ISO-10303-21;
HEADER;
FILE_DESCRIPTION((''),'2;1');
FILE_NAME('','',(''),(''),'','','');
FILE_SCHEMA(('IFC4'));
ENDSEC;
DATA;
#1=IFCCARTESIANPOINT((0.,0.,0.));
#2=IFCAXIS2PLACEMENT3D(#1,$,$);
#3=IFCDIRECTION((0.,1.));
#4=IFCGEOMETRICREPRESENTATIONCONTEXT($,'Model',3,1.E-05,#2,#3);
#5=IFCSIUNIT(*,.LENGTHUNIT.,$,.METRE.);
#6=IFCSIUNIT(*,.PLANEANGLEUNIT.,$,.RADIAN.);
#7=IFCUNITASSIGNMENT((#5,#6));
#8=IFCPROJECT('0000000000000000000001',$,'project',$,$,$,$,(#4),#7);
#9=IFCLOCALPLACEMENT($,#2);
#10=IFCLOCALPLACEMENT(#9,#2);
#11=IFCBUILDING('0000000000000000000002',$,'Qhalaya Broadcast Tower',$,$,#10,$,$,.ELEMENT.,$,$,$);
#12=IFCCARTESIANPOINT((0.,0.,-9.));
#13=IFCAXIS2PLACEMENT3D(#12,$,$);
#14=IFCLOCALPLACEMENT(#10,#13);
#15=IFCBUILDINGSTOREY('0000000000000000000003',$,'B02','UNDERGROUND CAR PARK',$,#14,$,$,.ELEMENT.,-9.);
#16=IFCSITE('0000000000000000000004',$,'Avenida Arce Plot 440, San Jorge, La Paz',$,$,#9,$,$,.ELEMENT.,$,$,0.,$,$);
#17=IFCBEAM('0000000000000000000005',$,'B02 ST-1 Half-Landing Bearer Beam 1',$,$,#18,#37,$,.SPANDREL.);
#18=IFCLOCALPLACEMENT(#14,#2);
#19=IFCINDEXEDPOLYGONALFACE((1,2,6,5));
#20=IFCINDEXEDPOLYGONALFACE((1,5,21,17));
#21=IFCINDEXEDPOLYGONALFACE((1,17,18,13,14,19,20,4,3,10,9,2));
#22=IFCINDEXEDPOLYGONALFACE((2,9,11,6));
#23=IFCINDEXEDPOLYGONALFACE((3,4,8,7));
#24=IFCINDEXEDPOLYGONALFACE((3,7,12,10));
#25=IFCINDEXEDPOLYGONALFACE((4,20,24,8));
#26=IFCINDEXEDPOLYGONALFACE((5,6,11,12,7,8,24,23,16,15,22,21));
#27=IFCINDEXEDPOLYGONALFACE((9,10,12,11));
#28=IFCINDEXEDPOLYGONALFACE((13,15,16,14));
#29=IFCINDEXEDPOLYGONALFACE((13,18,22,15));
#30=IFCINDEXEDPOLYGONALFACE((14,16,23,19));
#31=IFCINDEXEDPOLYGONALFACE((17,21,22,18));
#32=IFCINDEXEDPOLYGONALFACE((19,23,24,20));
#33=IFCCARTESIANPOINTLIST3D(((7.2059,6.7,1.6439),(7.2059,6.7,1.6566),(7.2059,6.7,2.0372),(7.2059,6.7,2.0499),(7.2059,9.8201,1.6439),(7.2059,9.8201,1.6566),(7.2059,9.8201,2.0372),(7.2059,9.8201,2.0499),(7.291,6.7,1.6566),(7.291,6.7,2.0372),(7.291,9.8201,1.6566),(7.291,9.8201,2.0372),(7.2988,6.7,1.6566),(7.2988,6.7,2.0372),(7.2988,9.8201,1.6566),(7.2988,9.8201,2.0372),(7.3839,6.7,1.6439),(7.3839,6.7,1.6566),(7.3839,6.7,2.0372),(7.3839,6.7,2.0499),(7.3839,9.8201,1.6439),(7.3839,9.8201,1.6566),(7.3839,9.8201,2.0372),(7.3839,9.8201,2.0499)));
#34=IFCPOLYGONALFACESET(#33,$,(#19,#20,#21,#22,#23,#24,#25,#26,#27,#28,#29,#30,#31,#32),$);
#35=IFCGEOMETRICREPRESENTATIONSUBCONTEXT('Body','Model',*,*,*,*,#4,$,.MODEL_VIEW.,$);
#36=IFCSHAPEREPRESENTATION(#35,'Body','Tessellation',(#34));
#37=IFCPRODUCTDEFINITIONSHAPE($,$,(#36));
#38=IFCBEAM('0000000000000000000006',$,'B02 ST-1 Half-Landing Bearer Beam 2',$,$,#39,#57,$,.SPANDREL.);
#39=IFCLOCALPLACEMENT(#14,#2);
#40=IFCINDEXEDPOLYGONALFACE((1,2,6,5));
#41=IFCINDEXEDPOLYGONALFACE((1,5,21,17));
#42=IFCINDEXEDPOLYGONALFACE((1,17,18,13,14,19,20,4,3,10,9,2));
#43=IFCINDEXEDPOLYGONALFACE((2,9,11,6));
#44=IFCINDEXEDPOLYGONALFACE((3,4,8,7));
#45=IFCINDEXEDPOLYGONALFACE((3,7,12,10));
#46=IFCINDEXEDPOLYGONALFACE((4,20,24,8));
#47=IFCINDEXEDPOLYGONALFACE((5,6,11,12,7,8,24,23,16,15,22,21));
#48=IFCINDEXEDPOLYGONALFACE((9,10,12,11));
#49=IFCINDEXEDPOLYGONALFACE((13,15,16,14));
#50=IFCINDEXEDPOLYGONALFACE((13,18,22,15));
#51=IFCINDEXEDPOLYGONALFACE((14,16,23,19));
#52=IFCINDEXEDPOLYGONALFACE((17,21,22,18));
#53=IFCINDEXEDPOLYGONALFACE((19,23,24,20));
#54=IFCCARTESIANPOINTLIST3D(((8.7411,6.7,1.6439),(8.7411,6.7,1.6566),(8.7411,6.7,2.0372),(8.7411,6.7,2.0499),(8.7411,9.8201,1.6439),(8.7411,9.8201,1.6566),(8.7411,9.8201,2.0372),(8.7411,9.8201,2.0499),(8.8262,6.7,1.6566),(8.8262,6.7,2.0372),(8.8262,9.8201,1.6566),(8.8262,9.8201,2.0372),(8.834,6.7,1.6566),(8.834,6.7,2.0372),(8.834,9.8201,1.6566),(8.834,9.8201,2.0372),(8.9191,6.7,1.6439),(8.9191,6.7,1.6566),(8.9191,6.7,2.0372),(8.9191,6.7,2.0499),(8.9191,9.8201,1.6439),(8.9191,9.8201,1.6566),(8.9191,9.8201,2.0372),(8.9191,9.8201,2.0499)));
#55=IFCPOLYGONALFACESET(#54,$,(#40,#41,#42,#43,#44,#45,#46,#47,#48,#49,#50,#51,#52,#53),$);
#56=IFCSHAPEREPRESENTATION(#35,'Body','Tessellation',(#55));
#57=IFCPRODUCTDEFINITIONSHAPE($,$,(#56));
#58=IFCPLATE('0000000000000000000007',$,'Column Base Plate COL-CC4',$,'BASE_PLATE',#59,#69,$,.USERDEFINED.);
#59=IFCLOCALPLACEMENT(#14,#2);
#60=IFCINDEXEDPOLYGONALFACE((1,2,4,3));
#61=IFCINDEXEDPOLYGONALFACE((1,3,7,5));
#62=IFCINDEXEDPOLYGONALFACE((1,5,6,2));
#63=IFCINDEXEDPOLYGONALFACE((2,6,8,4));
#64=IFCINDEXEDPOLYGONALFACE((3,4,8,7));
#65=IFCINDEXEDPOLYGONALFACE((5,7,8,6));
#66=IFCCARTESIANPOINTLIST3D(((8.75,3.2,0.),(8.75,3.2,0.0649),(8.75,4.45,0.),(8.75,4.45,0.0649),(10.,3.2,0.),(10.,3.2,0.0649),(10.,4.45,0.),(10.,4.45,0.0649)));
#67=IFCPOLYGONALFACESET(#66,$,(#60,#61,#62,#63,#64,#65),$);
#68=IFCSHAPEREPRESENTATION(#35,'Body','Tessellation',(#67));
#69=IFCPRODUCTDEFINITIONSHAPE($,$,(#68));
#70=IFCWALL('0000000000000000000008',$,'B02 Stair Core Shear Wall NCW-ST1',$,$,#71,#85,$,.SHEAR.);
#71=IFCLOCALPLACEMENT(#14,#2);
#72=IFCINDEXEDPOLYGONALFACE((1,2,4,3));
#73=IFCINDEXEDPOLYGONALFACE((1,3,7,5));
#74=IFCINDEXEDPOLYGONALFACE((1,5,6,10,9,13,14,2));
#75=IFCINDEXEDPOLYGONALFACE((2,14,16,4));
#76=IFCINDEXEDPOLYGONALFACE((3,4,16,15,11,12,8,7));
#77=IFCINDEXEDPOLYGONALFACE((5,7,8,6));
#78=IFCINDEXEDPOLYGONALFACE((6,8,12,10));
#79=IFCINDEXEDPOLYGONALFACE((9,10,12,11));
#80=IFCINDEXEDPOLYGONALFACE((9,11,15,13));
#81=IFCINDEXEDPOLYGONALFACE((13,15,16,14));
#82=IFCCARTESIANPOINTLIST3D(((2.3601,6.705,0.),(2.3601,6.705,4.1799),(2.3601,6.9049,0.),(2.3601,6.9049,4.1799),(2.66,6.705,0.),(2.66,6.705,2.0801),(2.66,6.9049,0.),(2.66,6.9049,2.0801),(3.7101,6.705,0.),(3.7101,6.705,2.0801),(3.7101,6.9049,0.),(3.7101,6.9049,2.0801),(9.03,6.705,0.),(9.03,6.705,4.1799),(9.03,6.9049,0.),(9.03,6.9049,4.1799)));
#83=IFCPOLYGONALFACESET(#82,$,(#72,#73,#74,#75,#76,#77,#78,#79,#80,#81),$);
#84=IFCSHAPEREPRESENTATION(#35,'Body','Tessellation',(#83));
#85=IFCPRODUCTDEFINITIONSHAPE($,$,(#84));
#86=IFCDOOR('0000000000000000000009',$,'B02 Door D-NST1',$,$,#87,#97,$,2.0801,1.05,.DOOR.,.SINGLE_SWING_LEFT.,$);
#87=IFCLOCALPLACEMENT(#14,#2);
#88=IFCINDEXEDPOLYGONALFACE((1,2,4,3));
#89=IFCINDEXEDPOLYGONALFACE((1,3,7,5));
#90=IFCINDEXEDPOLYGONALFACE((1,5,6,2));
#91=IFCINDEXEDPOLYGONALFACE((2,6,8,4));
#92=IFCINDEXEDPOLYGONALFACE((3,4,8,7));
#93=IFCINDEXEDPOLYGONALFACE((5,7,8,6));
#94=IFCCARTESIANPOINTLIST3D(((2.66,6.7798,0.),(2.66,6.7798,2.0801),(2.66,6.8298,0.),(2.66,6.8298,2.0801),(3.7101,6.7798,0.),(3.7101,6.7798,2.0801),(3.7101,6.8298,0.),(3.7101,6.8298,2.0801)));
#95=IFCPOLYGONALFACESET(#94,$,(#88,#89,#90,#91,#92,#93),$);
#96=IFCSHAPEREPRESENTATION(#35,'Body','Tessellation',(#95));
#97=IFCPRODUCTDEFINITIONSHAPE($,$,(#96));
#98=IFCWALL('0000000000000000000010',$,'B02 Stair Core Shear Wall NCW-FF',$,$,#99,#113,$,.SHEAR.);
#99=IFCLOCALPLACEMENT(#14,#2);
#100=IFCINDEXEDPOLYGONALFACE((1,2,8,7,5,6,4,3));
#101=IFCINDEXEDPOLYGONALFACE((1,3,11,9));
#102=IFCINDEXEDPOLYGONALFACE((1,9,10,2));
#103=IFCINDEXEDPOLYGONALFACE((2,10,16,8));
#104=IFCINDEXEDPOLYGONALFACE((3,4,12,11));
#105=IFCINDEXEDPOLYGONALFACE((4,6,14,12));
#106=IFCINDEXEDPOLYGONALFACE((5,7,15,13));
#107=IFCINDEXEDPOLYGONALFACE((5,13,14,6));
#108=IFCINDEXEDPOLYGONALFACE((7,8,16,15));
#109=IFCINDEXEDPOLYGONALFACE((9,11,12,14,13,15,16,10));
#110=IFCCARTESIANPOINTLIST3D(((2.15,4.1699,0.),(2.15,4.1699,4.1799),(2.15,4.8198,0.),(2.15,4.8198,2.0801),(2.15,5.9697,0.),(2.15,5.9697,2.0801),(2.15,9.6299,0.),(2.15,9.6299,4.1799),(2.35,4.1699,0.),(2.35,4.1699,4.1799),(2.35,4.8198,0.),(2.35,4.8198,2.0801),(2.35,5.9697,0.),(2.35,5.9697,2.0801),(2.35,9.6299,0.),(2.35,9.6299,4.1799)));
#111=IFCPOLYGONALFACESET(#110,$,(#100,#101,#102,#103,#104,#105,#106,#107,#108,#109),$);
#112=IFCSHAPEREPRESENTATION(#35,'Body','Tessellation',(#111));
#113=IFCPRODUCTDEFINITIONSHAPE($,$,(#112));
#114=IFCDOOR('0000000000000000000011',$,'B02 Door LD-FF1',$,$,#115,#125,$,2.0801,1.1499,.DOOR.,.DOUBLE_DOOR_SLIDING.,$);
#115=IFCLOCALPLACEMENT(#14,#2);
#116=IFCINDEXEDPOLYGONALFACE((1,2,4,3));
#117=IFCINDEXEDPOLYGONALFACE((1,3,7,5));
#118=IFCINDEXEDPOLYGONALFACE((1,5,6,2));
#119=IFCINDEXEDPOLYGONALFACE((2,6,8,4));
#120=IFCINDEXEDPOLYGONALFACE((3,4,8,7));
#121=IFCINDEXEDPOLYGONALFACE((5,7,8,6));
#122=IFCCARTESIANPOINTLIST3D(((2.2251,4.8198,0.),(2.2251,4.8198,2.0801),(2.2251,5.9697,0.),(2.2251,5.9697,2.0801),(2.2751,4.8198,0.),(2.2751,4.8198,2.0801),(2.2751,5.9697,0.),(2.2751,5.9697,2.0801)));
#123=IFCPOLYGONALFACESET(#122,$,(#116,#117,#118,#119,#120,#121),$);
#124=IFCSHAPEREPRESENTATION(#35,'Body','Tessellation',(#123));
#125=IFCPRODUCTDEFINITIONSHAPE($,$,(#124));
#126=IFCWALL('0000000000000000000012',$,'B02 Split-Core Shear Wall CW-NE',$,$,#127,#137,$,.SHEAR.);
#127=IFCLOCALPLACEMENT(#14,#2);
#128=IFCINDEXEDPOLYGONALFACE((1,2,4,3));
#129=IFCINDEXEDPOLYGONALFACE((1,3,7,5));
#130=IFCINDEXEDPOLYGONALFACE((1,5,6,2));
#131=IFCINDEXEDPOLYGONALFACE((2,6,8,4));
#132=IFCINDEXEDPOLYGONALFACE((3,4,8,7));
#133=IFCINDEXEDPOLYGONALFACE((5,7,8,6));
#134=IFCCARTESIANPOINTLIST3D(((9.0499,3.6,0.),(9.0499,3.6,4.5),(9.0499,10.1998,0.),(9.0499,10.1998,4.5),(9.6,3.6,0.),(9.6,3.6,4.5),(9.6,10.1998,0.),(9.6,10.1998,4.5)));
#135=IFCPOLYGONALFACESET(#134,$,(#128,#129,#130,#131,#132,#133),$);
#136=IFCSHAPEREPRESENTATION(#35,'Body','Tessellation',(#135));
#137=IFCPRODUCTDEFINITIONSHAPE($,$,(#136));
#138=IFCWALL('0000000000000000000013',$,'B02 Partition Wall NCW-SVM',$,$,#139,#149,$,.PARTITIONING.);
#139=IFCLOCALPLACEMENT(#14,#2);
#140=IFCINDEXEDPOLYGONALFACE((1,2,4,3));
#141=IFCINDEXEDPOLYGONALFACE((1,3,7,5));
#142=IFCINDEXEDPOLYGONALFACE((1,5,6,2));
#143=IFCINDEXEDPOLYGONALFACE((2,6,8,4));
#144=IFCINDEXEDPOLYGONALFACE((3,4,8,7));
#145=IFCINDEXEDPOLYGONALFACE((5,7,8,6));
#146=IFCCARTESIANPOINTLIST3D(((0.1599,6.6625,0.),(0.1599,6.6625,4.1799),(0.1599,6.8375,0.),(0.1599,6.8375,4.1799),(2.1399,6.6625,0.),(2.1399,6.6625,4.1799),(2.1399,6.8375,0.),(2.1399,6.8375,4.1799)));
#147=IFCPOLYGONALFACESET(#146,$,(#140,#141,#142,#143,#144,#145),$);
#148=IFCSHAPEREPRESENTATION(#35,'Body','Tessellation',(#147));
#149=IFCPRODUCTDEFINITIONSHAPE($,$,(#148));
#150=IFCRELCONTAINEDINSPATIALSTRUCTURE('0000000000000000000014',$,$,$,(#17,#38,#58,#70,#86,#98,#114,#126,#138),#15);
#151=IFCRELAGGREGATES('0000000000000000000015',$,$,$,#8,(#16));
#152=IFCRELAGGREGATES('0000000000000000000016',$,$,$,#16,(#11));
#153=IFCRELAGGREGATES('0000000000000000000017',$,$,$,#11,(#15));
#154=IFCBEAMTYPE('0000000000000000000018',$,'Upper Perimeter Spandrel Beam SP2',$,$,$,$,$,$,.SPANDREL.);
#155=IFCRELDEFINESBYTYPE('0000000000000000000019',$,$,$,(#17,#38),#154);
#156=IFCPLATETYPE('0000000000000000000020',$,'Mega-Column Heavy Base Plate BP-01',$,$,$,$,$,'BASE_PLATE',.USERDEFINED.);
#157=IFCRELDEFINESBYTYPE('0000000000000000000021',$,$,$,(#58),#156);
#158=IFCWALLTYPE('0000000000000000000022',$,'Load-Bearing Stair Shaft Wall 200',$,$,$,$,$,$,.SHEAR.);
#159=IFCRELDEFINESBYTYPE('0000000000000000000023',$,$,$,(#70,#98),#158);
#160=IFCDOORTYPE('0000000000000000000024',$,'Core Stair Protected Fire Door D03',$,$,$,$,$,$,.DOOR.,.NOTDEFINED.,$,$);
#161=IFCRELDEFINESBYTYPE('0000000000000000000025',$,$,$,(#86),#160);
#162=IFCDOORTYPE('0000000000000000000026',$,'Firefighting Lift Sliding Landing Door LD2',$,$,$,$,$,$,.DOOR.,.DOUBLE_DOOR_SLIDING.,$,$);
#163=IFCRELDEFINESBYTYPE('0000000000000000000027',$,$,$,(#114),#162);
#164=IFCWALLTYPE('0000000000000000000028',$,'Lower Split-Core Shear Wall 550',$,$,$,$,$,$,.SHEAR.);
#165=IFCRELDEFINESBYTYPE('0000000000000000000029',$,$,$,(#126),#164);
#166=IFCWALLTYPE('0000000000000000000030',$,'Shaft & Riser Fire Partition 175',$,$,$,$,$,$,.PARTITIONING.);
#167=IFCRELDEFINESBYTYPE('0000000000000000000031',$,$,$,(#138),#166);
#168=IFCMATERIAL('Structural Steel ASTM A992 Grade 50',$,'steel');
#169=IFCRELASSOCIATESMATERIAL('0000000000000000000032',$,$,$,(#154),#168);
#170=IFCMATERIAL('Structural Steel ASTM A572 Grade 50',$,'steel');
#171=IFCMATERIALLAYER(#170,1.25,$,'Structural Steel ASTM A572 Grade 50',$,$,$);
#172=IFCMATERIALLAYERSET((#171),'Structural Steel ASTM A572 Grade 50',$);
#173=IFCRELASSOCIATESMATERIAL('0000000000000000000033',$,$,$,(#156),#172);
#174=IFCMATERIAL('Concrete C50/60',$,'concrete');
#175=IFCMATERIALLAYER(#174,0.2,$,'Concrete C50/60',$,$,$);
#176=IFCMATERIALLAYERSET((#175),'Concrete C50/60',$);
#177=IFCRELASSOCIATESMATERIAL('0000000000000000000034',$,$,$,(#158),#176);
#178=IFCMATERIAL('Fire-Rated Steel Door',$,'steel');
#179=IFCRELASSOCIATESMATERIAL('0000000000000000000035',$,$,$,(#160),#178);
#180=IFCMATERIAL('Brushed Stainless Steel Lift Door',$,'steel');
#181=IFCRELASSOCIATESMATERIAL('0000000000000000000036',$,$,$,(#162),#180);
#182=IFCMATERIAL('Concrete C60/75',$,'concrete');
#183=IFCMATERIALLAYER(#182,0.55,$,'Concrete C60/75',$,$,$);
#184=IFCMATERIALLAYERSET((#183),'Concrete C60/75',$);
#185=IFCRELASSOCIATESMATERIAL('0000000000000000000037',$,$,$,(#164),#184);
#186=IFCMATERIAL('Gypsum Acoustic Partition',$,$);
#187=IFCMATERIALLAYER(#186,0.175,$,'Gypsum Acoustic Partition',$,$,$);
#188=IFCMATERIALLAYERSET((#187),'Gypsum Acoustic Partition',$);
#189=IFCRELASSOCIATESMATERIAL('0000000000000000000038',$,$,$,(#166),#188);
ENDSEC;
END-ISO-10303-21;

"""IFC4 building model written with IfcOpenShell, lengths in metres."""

from ifc_helpers import new_model, si_unit, direction, frame, frame_2d, origin, origin_2d, place, context, subcontext, project, spatial, rectangle, i_section, extrude, material, layer, layer_set, material_profile, profile_set, type_object, element, fill, save


model = new_model("IFC4")

# Units and contexts
model_context = context("Model", 3, precision=1e-05, world=origin(), true_north=direction((0.0, 1.0)))
body_context = subcontext(model_context, "Body", "Model", "MODEL_VIEW")
ifc_project = project(units=[si_unit("LENGTHUNIT", "METRE"), si_unit("PLANEANGLEUNIT", "RADIAN")], contexts=[model_context])

# Site, building, storey
site_placement = place(None, origin())
site = spatial("IfcSite", under=ifc_project, at=site_placement, Name="Avenida Arce Plot 440, San Jorge, La Paz", CompositionType="ELEMENT", RefElevation=0.0)
building_placement = place(site_placement, origin())
building = spatial("IfcBuilding", under=site, at=building_placement, Name="Qhalaya Broadcast Tower", CompositionType="ELEMENT")
storey_placement = place(building_placement, frame((0.0, 0.0, -9.0)))
storey = spatial("IfcBuildingStorey", under=building, at=storey_placement, Name="B02", Description="UNDERGROUND CAR PARK", CompositionType="ELEMENT", Elevation=-9.0)

# Shared definitions
ifc_material_1 = material(Name="Concrete C50/60", Category="concrete")

# Shared definitions
ifc_material_2 = material(Name="Concrete C60/75", Category="concrete")

# Beams
ifc_material_3 = material(Name="Structural Steel ASTM A992 Grade 50", Category="steel")
ifc_material_profile_1 = material_profile(ifc_material_3, i_section(OverallWidth=0.178, OverallDepth=0.406, WebThickness=0.0078, FlangeThickness=0.0127, at=origin_2d()), Name="W16X40")
ifc_profile_set_1 = profile_set([ifc_material_profile_1], Name="Structural Steel ASTM A992 Grade 50")
beam_type = type_object("IfcBeamType", Name="Upper Perimeter Spandrel Beam SP2", PredefinedType="SPANDREL", material=ifc_profile_set_1)
for number, where, z_axis, x_axis, name in (
    (1, (7.2949, 6.7, 1.8469), (0.0, 1.0, 0.0), (-1.0, 0.0, 0.0), "B02 ST-1 Half-Landing Bearer Beam 1"),
    (2, (8.8301, 6.7, 1.8469), (0.0, 1.0, 0.0), (-1.0, 0.0, 0.0), "B02 ST-1 Half-Landing Bearer Beam 2"),
):
    element("IfcBeam", number, at=place(storey_placement, frame(where, z_axis=z_axis, x_axis=x_axis)), inside=storey, type_object=beam_type, Name=name, PredefinedType="SPANDREL", context=body_context, shape_type="SweptSolid", body=[
        extrude(i_section(OverallWidth=0.178, OverallDepth=0.406, WebThickness=0.0078, FlangeThickness=0.0127, at=origin_2d()), origin(), (0.0, 0.0, 1.0), 3.1201),
    ])

# Plate
ifc_material_4 = material(Name="Structural Steel ASTM A572 Grade 50", Category="steel")
ifc_layer_1 = layer(ifc_material_4, 1.25, Name="Structural Steel ASTM A572 Grade 50")
ifc_layer_set_1 = layer_set([ifc_layer_1], Name="Structural Steel ASTM A572 Grade 50")
plate_type = type_object("IfcPlateType", Name="Mega-Column Heavy Base Plate BP-01", ElementType="BASE_PLATE", PredefinedType="USERDEFINED", material=ifc_layer_set_1)
plate_placement = place(storey_placement, frame((9.375, 3.825, 0.0), z_axis=(0.0, 0.0, 1.0), x_axis=(1.0, 0.0, 0.0)))
element("IfcPlate", 3, at=plate_placement, inside=storey, type_object=plate_type, Name="Column Base Plate COL-CC4", ObjectType="BASE_PLATE", PredefinedType="USERDEFINED", context=body_context, shape_type="SweptSolid", body=[
    extrude(rectangle(XDim=1.25, YDim=1.25, at=origin_2d()), origin(), (0.0, 0.0, 1.0), 0.0649),
])

# Walls, openings, doors
ifc_layer_2 = layer(ifc_material_1, 0.2, Name="Concrete C50/60")
ifc_layer_set_2 = layer_set([ifc_layer_2], Name="Concrete C50/60")
wall_type_1 = type_object("IfcWallType", Name="Load-Bearing Stair Shaft Wall 200", PredefinedType="SHEAR", material=ifc_layer_set_2)
wall_1_placement = place(storey_placement, frame((2.3601, 6.8049, 0.0), z_axis=(0.0, 0.0, 1.0), x_axis=(1.0, 0.0, 0.0)))
wall_1 = element("IfcWall", 4, at=wall_1_placement, inside=storey, type_object=wall_type_1, Name="B02 Stair Core Shear Wall NCW-ST1", PredefinedType="SHEAR", context=body_context, shape_type="SweptSolid", body=[
    extrude(rectangle(XDim=6.6699, YDim=0.2, at=frame_2d((3.335, 0.0))), origin(), (0.0, 0.0, 1.0), 4.1799),
])
opening_1_placement = place(wall_1_placement, frame((0.3, 0.0, 0.0)))
opening_1 = element("IfcOpeningElement", 5, at=opening_1_placement, cuts=wall_1, PredefinedType="OPENING", context=body_context, shape_type="SweptSolid", body=[
    extrude(rectangle(XDim=1.05, YDim=2.0801, at=frame_2d((0.5249, 1.04))), frame((0.0, 0.1121, 0.0), z_axis=(0.0, -1.0, 0.0), x_axis=(1.0, 0.0, 0.0)), (0.0, 0.0, 1.0), 0.2239),
])
ifc_material_5 = material(Name="Fire-Rated Steel Door", Category="steel")
door_type_1 = type_object("IfcDoorType", Name="Core Stair Protected Fire Door D03", OperationType="NOTDEFINED", PredefinedType="DOOR", material=ifc_material_5)
door_1_placement = place(opening_1_placement, origin())
door_1 = element("IfcDoor", 6, at=door_1_placement, inside=storey, type_object=door_type_1, Name="B02 Door D-NST1", OperationType="SINGLE_SWING_LEFT", OverallHeight=2.0801, OverallWidth=1.05, PredefinedType="DOOR", context=body_context, shape_type="SweptSolid", body=[
    extrude(rectangle(XDim=1.05, YDim=2.0801, at=frame_2d((0.5249, 1.04))), frame((0.0, 0.0249, 0.0), z_axis=(0.0, -1.0, 0.0), x_axis=(1.0, 0.0, 0.0)), (0.0, 0.0, 1.0), 0.05),
])
fill(opening_1, door_1)
wall_2_placement = place(storey_placement, frame((2.25, 4.1699, 0.0), z_axis=(0.0, 0.0, 1.0), x_axis=(0.0, 1.0, 0.0)))
wall_2 = element("IfcWall", 7, at=wall_2_placement, inside=storey, type_object=wall_type_1, Name="B02 Stair Core Shear Wall NCW-FF", PredefinedType="SHEAR", context=body_context, shape_type="SweptSolid", body=[
    extrude(rectangle(XDim=5.46, YDim=0.2, at=frame_2d((2.73, 0.0))), origin(), (0.0, 0.0, 1.0), 4.1799),
])
opening_2_placement = place(wall_2_placement, frame((0.6499, 0.0, 0.0)))
opening_2 = element("IfcOpeningElement", 8, at=opening_2_placement, cuts=wall_2, PredefinedType="OPENING", context=body_context, shape_type="SweptSolid", body=[
    extrude(rectangle(XDim=1.1499, YDim=2.0801, at=frame_2d((0.575, 1.04))), frame((0.0, 0.1121, 0.0), z_axis=(0.0, -1.0, 0.0), x_axis=(1.0, 0.0, 0.0)), (0.0, 0.0, 1.0), 0.2239),
])
ifc_material_6 = material(Name="Brushed Stainless Steel Lift Door", Category="steel")
door_type_2 = type_object("IfcDoorType", Name="Firefighting Lift Sliding Landing Door LD2", OperationType="DOUBLE_DOOR_SLIDING", PredefinedType="DOOR", material=ifc_material_6)
door_2_placement = place(opening_2_placement, origin())
door_2 = element("IfcDoor", 9, at=door_2_placement, inside=storey, type_object=door_type_2, Name="B02 Door LD-FF1", OperationType="DOUBLE_DOOR_SLIDING", OverallHeight=2.0801, OverallWidth=1.1499, PredefinedType="DOOR", context=body_context, shape_type="SweptSolid", body=[
    extrude(rectangle(XDim=1.1499, YDim=2.0801, at=frame_2d((0.575, 1.04))), frame((0.0, 0.0249, 0.0), z_axis=(0.0, -1.0, 0.0), x_axis=(1.0, 0.0, 0.0)), (0.0, 0.0, 1.0), 0.05),
])
fill(opening_2, door_2)

# Wall
ifc_layer_3 = layer(ifc_material_2, 0.55, Name="Concrete C60/75")
ifc_layer_set_3 = layer_set([ifc_layer_3], Name="Concrete C60/75")
wall_type_2 = type_object("IfcWallType", Name="Lower Split-Core Shear Wall 550", PredefinedType="SHEAR", material=ifc_layer_set_3)
wall_3_placement = place(storey_placement, frame((9.325, 3.6001, 0.0), z_axis=(0.0, 0.0, 1.0), x_axis=(0.0, 1.0, 0.0)))
element("IfcWall", 10, at=wall_3_placement, inside=storey, type_object=wall_type_2, Name="B02 Split-Core Shear Wall CW-NE", PredefinedType="SHEAR", context=body_context, shape_type="SweptSolid", body=[
    extrude(rectangle(XDim=6.5999, YDim=0.55, at=frame_2d((3.2998, 0.0))), origin(), (0.0, 0.0, 1.0), 4.5),
])

# Shared definitions
ifc_material_7 = material(Name="Gypsum Acoustic Partition")
ifc_layer_4 = layer(ifc_material_7, 0.175, Name="Gypsum Acoustic Partition")
ifc_layer_set_4 = layer_set([ifc_layer_4], Name="Gypsum Acoustic Partition")
wall_type_3 = type_object("IfcWallType", Name="Shaft & Riser Fire Partition 175", PredefinedType="PARTITIONING", material=ifc_layer_set_4)

# Wall
wall_4_placement = place(storey_placement, frame((0.1599, 6.75, 0.0), z_axis=(0.0, 0.0, 1.0), x_axis=(1.0, 0.0, 0.0)))
element("IfcWall", 11, at=wall_4_placement, inside=storey, type_object=wall_type_3, Name="B02 Partition Wall NCW-SVM", PredefinedType="PARTITIONING", context=body_context, shape_type="SweptSolid", body=[
    extrude(rectangle(XDim=1.98, YDim=0.175, at=frame_2d((0.99, 0.0))), origin(), (0.0, 0.0, 1.0), 4.1799),
])

save(model, "model.ifc")
